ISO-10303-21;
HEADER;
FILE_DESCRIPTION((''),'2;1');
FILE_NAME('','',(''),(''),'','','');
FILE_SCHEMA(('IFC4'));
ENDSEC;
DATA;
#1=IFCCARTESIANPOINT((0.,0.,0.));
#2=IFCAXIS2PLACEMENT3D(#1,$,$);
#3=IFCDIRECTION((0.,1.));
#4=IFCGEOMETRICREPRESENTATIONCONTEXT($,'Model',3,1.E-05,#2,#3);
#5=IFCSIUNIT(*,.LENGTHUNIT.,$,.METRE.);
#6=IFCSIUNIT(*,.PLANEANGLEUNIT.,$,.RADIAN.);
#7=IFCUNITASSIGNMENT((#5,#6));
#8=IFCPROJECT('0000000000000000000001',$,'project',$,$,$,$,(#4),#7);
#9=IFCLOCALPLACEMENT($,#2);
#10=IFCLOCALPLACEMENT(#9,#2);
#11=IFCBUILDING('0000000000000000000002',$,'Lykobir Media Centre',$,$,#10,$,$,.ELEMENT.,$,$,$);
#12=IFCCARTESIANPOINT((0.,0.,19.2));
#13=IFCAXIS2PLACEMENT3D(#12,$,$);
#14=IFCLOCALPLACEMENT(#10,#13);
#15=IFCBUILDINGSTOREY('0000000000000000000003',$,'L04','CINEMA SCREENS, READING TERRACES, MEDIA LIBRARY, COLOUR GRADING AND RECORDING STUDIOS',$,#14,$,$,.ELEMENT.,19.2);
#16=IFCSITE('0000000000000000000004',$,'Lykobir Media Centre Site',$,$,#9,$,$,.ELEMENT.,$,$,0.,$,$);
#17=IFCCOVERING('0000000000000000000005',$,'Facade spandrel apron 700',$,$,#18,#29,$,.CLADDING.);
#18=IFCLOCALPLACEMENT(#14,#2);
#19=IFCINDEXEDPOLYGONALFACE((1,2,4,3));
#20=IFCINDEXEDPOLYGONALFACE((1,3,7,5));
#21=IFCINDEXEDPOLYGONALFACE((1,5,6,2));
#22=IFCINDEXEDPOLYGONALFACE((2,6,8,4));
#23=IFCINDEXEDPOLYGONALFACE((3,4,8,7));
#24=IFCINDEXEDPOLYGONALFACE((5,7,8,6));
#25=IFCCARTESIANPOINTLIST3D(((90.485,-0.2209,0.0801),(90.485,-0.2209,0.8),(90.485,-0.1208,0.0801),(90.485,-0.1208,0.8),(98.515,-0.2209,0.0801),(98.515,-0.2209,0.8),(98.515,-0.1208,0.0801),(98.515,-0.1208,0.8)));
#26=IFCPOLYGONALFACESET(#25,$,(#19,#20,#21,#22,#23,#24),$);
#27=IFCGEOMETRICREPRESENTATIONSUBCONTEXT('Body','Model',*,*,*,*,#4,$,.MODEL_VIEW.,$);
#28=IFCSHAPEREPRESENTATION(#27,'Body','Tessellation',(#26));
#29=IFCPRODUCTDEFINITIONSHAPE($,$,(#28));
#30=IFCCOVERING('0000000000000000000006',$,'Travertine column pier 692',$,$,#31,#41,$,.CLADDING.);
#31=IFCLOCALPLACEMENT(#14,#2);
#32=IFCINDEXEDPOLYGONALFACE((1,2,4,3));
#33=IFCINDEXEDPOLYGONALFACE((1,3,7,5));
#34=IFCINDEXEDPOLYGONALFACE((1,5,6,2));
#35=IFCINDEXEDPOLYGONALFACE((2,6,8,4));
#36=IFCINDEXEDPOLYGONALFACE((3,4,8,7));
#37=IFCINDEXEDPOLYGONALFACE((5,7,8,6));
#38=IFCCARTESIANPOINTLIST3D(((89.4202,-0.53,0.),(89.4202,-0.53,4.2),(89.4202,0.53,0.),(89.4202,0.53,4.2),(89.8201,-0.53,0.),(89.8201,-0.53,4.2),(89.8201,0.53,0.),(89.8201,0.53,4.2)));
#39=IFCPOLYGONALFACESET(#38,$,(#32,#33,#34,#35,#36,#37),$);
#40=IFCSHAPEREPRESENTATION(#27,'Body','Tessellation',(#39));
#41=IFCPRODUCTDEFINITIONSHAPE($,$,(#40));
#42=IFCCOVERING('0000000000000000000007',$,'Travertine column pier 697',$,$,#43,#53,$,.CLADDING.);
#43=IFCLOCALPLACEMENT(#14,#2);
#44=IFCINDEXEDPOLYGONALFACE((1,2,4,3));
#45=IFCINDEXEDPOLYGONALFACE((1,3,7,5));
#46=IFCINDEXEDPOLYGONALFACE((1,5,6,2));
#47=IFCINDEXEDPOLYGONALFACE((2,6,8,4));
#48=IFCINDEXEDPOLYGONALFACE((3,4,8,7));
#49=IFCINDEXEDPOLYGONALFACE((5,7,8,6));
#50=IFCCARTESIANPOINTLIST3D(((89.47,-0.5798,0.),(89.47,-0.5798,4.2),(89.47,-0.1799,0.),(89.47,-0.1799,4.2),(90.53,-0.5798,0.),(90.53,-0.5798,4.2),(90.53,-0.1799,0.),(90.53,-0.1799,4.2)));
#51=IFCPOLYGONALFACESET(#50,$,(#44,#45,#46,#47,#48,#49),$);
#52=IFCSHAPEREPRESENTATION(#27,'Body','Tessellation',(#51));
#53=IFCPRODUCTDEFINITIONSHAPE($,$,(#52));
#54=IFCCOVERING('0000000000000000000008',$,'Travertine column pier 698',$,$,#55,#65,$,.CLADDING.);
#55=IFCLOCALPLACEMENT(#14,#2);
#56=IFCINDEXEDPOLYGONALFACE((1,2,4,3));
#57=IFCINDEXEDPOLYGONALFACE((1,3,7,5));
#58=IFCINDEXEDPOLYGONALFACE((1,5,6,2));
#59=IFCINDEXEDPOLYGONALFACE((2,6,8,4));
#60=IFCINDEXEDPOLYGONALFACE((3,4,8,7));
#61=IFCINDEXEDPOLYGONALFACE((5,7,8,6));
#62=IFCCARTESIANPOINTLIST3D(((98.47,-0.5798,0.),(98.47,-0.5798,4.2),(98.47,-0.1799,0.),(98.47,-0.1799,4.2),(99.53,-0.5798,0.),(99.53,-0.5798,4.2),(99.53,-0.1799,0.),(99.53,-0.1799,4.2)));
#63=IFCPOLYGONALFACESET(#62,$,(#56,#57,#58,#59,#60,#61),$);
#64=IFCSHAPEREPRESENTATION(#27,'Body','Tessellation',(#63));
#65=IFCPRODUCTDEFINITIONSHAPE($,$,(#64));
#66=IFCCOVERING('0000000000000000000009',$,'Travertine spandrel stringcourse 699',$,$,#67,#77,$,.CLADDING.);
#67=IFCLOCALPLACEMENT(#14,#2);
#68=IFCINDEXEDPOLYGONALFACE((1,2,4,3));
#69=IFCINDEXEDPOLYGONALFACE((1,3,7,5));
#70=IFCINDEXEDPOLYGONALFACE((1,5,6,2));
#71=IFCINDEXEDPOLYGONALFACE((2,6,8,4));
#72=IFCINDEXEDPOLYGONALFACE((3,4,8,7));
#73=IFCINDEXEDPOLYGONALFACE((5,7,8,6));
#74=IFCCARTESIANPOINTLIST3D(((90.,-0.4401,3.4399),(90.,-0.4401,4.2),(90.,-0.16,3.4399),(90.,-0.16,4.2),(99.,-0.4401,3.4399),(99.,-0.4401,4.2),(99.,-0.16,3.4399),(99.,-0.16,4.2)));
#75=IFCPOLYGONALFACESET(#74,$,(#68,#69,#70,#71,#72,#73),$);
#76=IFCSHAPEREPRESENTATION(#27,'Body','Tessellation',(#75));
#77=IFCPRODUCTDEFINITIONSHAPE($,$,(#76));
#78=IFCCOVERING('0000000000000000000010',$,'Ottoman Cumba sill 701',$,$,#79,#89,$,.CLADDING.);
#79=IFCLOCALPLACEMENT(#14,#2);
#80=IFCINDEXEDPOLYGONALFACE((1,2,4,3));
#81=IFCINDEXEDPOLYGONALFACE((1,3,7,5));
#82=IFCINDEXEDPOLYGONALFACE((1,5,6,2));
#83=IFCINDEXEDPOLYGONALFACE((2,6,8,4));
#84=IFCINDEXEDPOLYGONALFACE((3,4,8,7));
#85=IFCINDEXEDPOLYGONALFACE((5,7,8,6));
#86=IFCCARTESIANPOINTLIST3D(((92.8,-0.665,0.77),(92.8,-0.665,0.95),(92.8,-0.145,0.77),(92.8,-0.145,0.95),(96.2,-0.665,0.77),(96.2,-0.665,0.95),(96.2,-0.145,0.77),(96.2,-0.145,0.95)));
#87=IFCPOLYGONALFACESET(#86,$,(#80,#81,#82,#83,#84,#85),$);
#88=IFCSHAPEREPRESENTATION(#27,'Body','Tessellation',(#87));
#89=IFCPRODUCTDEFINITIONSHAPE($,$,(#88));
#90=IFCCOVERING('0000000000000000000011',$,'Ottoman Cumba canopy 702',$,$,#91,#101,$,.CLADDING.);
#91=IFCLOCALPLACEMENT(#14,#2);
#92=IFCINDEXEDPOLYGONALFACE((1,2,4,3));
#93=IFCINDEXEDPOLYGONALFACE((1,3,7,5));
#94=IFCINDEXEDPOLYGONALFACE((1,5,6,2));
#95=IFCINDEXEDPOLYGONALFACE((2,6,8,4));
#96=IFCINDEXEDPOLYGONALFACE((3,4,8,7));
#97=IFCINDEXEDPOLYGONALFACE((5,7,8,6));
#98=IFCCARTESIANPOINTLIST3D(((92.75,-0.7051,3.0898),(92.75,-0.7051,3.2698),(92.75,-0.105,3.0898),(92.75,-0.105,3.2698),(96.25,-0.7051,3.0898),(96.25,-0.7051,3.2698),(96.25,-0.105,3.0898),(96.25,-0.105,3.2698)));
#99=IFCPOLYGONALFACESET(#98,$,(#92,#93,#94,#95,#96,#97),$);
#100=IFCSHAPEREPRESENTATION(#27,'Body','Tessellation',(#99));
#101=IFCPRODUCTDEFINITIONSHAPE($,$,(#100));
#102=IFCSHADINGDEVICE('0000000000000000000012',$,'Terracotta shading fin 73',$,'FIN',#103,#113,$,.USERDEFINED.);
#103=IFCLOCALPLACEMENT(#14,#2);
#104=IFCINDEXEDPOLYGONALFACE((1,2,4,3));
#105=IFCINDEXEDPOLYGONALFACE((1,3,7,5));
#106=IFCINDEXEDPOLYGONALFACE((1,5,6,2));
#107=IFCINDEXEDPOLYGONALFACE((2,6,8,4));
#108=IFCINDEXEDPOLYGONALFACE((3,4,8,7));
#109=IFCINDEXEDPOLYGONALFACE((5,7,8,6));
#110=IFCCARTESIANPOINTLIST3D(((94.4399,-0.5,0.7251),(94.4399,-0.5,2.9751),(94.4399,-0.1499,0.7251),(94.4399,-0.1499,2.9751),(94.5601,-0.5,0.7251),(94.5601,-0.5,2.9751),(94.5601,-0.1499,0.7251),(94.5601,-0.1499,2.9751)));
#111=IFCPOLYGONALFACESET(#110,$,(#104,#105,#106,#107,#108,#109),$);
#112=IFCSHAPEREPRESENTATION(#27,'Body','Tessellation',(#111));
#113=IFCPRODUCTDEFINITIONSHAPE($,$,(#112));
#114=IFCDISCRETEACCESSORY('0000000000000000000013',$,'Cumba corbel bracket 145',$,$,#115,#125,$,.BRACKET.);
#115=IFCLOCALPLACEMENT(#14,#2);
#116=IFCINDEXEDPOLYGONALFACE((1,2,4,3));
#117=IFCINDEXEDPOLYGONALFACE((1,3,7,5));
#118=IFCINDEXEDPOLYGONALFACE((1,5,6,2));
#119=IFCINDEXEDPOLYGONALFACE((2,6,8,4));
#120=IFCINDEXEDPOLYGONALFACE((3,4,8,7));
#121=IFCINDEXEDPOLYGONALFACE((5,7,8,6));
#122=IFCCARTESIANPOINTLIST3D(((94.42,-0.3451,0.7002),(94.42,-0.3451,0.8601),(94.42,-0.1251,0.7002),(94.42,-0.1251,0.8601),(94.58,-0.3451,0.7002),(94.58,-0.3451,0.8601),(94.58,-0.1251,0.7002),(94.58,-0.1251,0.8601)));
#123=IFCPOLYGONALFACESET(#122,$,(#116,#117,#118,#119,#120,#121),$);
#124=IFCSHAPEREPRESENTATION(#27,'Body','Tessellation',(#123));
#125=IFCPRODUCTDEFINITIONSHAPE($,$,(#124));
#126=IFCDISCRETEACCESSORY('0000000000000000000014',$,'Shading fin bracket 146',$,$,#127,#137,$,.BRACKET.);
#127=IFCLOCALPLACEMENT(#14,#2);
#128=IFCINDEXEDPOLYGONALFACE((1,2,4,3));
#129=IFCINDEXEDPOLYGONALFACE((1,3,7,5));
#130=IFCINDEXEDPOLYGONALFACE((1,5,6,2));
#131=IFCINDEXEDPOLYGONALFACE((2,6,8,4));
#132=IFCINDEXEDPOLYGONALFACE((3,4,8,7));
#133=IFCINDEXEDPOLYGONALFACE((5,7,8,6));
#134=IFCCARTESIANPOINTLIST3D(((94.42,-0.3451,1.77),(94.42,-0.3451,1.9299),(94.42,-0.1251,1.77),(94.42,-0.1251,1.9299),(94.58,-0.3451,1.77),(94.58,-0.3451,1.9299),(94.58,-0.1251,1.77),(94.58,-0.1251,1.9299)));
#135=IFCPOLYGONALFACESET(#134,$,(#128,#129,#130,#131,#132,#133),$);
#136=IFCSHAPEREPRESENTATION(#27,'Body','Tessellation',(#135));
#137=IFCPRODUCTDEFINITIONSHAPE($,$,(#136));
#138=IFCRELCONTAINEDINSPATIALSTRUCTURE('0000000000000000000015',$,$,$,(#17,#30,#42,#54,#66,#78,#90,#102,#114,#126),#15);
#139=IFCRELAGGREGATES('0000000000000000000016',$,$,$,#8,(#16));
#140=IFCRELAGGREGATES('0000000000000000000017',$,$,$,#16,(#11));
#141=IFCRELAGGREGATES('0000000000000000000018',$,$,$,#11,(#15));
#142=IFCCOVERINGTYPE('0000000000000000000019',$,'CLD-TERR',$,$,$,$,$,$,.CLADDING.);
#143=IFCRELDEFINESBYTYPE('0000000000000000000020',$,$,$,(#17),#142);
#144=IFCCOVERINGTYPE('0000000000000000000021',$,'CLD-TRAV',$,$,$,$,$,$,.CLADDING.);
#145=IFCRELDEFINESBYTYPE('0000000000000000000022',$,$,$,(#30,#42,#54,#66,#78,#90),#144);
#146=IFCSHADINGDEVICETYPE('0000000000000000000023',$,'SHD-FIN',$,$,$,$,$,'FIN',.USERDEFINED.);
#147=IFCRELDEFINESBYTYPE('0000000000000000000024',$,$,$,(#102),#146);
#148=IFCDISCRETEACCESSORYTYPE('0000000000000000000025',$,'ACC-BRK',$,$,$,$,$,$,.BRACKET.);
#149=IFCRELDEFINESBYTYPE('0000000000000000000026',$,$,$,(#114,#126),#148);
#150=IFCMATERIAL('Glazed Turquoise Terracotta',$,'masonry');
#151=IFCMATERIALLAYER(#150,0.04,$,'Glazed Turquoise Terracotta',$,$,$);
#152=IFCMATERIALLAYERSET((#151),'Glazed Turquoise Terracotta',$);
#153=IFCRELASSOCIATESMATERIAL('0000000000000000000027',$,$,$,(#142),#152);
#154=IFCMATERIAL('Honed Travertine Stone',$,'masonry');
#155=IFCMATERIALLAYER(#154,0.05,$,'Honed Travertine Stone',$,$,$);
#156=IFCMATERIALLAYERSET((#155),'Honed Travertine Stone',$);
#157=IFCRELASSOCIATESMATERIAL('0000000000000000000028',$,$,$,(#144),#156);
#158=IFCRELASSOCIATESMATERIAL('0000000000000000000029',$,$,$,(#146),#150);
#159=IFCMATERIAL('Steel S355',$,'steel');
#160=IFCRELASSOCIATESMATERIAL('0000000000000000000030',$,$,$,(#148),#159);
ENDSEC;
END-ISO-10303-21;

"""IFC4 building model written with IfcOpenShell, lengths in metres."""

from ifc_helpers import new_model, si_unit, direction, frame, origin, origin_2d, place, context, subcontext, project, spatial, rectangle, extrude, material, layer, layer_set, type_object, element, save


model = new_model("IFC4")

# Units and contexts
model_context = context("Model", 3, precision=1e-05, world=origin(), true_north=direction((0.0, 1.0)))
body_context = subcontext(model_context, "Body", "Model", "MODEL_VIEW")
ifc_project = project(units=[si_unit("LENGTHUNIT", "METRE"), si_unit("PLANEANGLEUNIT", "RADIAN")], contexts=[model_context])

# Site, building, storey
site_placement = place(None, origin())
site = spatial("IfcSite", under=ifc_project, at=site_placement, Name="Lykobir Media Centre Site", CompositionType="ELEMENT", RefElevation=0.0)
building_placement = place(site_placement, origin())
building = spatial("IfcBuilding", under=site, at=building_placement, Name="Lykobir Media Centre", CompositionType="ELEMENT")
storey_placement = place(building_placement, frame((0.0, 0.0, 19.2)))
storey = spatial("IfcBuildingStorey", under=building, at=storey_placement, Name="L04", Description="CINEMA SCREENS, READING TERRACES, MEDIA LIBRARY, COLOUR GRADING AND RECORDING STUDIOS", CompositionType="ELEMENT", Elevation=19.2)

# Shared definitions
ifc_material_1 = material(Name="Steel S355", Category="steel")

# Shared definitions
ifc_material_2 = material(Name="Glazed Turquoise Terracotta", Category="masonry")

# Coverings
ifc_layer_1 = layer(ifc_material_2, 0.04, Name="Glazed Turquoise Terracotta")
ifc_layer_set_1 = layer_set([ifc_layer_1], Name="Glazed Turquoise Terracotta")
covering_type_1 = type_object("IfcCoveringType", Name="CLD-TERR", PredefinedType="CLADDING", material=ifc_layer_set_1)
covering_1_placement = place(storey_placement, frame((94.5, -0.1709, 0.0801), z_axis=(0.0, 0.0, 1.0), x_axis=(1.0, 0.0, 0.0)))
element("IfcCovering", 1, at=covering_1_placement, inside=storey, type_object=covering_type_1, Name="Facade spandrel apron 700", PredefinedType="CLADDING", context=body_context, shape_type="SweptSolid", body=[
    extrude(rectangle(XDim=8.03, YDim=0.1001, at=origin_2d()), origin(), (0.0, 0.0, 1.0), 0.72),
])
ifc_material_3 = material(Name="Honed Travertine Stone", Category="masonry")
ifc_layer_2 = layer(ifc_material_3, 0.05, Name="Honed Travertine Stone")
ifc_layer_set_2 = layer_set([ifc_layer_2], Name="Honed Travertine Stone")
covering_type_2 = type_object("IfcCoveringType", Name="CLD-TRAV", PredefinedType="CLADDING", material=ifc_layer_set_2)
for number, where, z_axis, x_axis, name in (
    (2, (89.6201, 0.0, 0.0), (0.0, 0.0, 1.0), (0.0, -1.0, 0.0), "Travertine column pier 692"),
    (3, (90.0, -0.3799, 0.0), (0.0, 0.0, 1.0), (1.0, 0.0, 0.0), "Travertine column pier 697"),
    (4, (99.0, -0.3799, 0.0), (0.0, 0.0, 1.0), (1.0, 0.0, 0.0), "Travertine column pier 698"),
):
    element("IfcCovering", number, at=place(storey_placement, frame(where, z_axis=z_axis, x_axis=x_axis)), inside=storey, type_object=covering_type_2, Name=name, PredefinedType="CLADDING", context=body_context, shape_type="SweptSolid", body=[
        extrude(rectangle(XDim=1.0601, YDim=0.3999, at=origin_2d()), origin(), (0.0, 0.0, 1.0), 4.2),
    ])
covering_2_placement = place(storey_placement, frame((94.5, -0.3, 3.4399), z_axis=(0.0, 0.0, 1.0), x_axis=(1.0, 0.0, 0.0)))
element("IfcCovering", 5, at=covering_2_placement, inside=storey, type_object=covering_type_2, Name="Travertine spandrel stringcourse 699", PredefinedType="CLADDING", context=body_context, shape_type="SweptSolid", body=[
    extrude(rectangle(XDim=9.0, YDim=0.28, at=origin_2d()), origin(), (0.0, 0.0, 1.0), 0.76),
])
covering_3_placement = place(storey_placement, frame((94.5, -0.405, 0.77), z_axis=(0.0, 0.0, 1.0), x_axis=(1.0, 0.0, 0.0)))
element("IfcCovering", 6, at=covering_3_placement, inside=storey, type_object=covering_type_2, Name="Ottoman Cumba sill 701", PredefinedType="CLADDING", context=body_context, shape_type="SweptSolid", body=[
    extrude(rectangle(XDim=3.3999, YDim=0.52, at=origin_2d()), origin(), (0.0, 0.0, 1.0), 0.1799),
])
covering_4_placement = place(storey_placement, frame((94.5, -0.405, 3.0898), z_axis=(0.0, 0.0, 1.0), x_axis=(1.0, 0.0, 0.0)))
element("IfcCovering", 7, at=covering_4_placement, inside=storey, type_object=covering_type_2, Name="Ottoman Cumba canopy 702", PredefinedType="CLADDING", context=body_context, shape_type="SweptSolid", body=[
    extrude(rectangle(XDim=3.5, YDim=0.6001, at=origin_2d()), origin(), (0.0, 0.0, 1.0), 0.1799),
])

# Shading device
shading_device_type = type_object("IfcShadingDeviceType", Name="SHD-FIN", ElementType="FIN", PredefinedType="USERDEFINED", material=ifc_material_2)
shading_device_placement = place(storey_placement, frame((94.5, -0.325, 0.7251), z_axis=(0.0, 0.0, 1.0), x_axis=(1.0, 0.0, 0.0)))
element("IfcShadingDevice", 8, at=shading_device_placement, inside=storey, type_object=shading_device_type, Name="Terracotta shading fin 73", ObjectType="FIN", PredefinedType="USERDEFINED", context=body_context, shape_type="SweptSolid", body=[
    extrude(rectangle(XDim=0.1201, YDim=0.3501, at=origin_2d()), origin(), (0.0, 0.0, 1.0), 2.25),
])

# Discrete accessories
discrete_accessory_type = type_object("IfcDiscreteAccessoryType", Name="ACC-BRK", PredefinedType="BRACKET", material=ifc_material_1)
for number, where, z_axis, x_axis, name in (
    (9, (94.5, -0.2351, 0.7002), (0.0, 0.0, 1.0), (1.0, 0.0, 0.0), "Cumba corbel bracket 145"),
    (10, (94.5, -0.2351, 1.77), (0.0, 0.0, 1.0), (1.0, 0.0, 0.0), "Shading fin bracket 146"),
):
    element("IfcDiscreteAccessory", number, at=place(storey_placement, frame(where, z_axis=z_axis, x_axis=x_axis)), inside=storey, type_object=discrete_accessory_type, Name=name, PredefinedType="BRACKET", context=body_context, shape_type="SweptSolid", body=[
        extrude(rectangle(XDim=0.1599, YDim=0.22, at=origin_2d()), origin(), (0.0, 0.0, 1.0), 0.1599),
    ])

save(model, "model.ifc")
